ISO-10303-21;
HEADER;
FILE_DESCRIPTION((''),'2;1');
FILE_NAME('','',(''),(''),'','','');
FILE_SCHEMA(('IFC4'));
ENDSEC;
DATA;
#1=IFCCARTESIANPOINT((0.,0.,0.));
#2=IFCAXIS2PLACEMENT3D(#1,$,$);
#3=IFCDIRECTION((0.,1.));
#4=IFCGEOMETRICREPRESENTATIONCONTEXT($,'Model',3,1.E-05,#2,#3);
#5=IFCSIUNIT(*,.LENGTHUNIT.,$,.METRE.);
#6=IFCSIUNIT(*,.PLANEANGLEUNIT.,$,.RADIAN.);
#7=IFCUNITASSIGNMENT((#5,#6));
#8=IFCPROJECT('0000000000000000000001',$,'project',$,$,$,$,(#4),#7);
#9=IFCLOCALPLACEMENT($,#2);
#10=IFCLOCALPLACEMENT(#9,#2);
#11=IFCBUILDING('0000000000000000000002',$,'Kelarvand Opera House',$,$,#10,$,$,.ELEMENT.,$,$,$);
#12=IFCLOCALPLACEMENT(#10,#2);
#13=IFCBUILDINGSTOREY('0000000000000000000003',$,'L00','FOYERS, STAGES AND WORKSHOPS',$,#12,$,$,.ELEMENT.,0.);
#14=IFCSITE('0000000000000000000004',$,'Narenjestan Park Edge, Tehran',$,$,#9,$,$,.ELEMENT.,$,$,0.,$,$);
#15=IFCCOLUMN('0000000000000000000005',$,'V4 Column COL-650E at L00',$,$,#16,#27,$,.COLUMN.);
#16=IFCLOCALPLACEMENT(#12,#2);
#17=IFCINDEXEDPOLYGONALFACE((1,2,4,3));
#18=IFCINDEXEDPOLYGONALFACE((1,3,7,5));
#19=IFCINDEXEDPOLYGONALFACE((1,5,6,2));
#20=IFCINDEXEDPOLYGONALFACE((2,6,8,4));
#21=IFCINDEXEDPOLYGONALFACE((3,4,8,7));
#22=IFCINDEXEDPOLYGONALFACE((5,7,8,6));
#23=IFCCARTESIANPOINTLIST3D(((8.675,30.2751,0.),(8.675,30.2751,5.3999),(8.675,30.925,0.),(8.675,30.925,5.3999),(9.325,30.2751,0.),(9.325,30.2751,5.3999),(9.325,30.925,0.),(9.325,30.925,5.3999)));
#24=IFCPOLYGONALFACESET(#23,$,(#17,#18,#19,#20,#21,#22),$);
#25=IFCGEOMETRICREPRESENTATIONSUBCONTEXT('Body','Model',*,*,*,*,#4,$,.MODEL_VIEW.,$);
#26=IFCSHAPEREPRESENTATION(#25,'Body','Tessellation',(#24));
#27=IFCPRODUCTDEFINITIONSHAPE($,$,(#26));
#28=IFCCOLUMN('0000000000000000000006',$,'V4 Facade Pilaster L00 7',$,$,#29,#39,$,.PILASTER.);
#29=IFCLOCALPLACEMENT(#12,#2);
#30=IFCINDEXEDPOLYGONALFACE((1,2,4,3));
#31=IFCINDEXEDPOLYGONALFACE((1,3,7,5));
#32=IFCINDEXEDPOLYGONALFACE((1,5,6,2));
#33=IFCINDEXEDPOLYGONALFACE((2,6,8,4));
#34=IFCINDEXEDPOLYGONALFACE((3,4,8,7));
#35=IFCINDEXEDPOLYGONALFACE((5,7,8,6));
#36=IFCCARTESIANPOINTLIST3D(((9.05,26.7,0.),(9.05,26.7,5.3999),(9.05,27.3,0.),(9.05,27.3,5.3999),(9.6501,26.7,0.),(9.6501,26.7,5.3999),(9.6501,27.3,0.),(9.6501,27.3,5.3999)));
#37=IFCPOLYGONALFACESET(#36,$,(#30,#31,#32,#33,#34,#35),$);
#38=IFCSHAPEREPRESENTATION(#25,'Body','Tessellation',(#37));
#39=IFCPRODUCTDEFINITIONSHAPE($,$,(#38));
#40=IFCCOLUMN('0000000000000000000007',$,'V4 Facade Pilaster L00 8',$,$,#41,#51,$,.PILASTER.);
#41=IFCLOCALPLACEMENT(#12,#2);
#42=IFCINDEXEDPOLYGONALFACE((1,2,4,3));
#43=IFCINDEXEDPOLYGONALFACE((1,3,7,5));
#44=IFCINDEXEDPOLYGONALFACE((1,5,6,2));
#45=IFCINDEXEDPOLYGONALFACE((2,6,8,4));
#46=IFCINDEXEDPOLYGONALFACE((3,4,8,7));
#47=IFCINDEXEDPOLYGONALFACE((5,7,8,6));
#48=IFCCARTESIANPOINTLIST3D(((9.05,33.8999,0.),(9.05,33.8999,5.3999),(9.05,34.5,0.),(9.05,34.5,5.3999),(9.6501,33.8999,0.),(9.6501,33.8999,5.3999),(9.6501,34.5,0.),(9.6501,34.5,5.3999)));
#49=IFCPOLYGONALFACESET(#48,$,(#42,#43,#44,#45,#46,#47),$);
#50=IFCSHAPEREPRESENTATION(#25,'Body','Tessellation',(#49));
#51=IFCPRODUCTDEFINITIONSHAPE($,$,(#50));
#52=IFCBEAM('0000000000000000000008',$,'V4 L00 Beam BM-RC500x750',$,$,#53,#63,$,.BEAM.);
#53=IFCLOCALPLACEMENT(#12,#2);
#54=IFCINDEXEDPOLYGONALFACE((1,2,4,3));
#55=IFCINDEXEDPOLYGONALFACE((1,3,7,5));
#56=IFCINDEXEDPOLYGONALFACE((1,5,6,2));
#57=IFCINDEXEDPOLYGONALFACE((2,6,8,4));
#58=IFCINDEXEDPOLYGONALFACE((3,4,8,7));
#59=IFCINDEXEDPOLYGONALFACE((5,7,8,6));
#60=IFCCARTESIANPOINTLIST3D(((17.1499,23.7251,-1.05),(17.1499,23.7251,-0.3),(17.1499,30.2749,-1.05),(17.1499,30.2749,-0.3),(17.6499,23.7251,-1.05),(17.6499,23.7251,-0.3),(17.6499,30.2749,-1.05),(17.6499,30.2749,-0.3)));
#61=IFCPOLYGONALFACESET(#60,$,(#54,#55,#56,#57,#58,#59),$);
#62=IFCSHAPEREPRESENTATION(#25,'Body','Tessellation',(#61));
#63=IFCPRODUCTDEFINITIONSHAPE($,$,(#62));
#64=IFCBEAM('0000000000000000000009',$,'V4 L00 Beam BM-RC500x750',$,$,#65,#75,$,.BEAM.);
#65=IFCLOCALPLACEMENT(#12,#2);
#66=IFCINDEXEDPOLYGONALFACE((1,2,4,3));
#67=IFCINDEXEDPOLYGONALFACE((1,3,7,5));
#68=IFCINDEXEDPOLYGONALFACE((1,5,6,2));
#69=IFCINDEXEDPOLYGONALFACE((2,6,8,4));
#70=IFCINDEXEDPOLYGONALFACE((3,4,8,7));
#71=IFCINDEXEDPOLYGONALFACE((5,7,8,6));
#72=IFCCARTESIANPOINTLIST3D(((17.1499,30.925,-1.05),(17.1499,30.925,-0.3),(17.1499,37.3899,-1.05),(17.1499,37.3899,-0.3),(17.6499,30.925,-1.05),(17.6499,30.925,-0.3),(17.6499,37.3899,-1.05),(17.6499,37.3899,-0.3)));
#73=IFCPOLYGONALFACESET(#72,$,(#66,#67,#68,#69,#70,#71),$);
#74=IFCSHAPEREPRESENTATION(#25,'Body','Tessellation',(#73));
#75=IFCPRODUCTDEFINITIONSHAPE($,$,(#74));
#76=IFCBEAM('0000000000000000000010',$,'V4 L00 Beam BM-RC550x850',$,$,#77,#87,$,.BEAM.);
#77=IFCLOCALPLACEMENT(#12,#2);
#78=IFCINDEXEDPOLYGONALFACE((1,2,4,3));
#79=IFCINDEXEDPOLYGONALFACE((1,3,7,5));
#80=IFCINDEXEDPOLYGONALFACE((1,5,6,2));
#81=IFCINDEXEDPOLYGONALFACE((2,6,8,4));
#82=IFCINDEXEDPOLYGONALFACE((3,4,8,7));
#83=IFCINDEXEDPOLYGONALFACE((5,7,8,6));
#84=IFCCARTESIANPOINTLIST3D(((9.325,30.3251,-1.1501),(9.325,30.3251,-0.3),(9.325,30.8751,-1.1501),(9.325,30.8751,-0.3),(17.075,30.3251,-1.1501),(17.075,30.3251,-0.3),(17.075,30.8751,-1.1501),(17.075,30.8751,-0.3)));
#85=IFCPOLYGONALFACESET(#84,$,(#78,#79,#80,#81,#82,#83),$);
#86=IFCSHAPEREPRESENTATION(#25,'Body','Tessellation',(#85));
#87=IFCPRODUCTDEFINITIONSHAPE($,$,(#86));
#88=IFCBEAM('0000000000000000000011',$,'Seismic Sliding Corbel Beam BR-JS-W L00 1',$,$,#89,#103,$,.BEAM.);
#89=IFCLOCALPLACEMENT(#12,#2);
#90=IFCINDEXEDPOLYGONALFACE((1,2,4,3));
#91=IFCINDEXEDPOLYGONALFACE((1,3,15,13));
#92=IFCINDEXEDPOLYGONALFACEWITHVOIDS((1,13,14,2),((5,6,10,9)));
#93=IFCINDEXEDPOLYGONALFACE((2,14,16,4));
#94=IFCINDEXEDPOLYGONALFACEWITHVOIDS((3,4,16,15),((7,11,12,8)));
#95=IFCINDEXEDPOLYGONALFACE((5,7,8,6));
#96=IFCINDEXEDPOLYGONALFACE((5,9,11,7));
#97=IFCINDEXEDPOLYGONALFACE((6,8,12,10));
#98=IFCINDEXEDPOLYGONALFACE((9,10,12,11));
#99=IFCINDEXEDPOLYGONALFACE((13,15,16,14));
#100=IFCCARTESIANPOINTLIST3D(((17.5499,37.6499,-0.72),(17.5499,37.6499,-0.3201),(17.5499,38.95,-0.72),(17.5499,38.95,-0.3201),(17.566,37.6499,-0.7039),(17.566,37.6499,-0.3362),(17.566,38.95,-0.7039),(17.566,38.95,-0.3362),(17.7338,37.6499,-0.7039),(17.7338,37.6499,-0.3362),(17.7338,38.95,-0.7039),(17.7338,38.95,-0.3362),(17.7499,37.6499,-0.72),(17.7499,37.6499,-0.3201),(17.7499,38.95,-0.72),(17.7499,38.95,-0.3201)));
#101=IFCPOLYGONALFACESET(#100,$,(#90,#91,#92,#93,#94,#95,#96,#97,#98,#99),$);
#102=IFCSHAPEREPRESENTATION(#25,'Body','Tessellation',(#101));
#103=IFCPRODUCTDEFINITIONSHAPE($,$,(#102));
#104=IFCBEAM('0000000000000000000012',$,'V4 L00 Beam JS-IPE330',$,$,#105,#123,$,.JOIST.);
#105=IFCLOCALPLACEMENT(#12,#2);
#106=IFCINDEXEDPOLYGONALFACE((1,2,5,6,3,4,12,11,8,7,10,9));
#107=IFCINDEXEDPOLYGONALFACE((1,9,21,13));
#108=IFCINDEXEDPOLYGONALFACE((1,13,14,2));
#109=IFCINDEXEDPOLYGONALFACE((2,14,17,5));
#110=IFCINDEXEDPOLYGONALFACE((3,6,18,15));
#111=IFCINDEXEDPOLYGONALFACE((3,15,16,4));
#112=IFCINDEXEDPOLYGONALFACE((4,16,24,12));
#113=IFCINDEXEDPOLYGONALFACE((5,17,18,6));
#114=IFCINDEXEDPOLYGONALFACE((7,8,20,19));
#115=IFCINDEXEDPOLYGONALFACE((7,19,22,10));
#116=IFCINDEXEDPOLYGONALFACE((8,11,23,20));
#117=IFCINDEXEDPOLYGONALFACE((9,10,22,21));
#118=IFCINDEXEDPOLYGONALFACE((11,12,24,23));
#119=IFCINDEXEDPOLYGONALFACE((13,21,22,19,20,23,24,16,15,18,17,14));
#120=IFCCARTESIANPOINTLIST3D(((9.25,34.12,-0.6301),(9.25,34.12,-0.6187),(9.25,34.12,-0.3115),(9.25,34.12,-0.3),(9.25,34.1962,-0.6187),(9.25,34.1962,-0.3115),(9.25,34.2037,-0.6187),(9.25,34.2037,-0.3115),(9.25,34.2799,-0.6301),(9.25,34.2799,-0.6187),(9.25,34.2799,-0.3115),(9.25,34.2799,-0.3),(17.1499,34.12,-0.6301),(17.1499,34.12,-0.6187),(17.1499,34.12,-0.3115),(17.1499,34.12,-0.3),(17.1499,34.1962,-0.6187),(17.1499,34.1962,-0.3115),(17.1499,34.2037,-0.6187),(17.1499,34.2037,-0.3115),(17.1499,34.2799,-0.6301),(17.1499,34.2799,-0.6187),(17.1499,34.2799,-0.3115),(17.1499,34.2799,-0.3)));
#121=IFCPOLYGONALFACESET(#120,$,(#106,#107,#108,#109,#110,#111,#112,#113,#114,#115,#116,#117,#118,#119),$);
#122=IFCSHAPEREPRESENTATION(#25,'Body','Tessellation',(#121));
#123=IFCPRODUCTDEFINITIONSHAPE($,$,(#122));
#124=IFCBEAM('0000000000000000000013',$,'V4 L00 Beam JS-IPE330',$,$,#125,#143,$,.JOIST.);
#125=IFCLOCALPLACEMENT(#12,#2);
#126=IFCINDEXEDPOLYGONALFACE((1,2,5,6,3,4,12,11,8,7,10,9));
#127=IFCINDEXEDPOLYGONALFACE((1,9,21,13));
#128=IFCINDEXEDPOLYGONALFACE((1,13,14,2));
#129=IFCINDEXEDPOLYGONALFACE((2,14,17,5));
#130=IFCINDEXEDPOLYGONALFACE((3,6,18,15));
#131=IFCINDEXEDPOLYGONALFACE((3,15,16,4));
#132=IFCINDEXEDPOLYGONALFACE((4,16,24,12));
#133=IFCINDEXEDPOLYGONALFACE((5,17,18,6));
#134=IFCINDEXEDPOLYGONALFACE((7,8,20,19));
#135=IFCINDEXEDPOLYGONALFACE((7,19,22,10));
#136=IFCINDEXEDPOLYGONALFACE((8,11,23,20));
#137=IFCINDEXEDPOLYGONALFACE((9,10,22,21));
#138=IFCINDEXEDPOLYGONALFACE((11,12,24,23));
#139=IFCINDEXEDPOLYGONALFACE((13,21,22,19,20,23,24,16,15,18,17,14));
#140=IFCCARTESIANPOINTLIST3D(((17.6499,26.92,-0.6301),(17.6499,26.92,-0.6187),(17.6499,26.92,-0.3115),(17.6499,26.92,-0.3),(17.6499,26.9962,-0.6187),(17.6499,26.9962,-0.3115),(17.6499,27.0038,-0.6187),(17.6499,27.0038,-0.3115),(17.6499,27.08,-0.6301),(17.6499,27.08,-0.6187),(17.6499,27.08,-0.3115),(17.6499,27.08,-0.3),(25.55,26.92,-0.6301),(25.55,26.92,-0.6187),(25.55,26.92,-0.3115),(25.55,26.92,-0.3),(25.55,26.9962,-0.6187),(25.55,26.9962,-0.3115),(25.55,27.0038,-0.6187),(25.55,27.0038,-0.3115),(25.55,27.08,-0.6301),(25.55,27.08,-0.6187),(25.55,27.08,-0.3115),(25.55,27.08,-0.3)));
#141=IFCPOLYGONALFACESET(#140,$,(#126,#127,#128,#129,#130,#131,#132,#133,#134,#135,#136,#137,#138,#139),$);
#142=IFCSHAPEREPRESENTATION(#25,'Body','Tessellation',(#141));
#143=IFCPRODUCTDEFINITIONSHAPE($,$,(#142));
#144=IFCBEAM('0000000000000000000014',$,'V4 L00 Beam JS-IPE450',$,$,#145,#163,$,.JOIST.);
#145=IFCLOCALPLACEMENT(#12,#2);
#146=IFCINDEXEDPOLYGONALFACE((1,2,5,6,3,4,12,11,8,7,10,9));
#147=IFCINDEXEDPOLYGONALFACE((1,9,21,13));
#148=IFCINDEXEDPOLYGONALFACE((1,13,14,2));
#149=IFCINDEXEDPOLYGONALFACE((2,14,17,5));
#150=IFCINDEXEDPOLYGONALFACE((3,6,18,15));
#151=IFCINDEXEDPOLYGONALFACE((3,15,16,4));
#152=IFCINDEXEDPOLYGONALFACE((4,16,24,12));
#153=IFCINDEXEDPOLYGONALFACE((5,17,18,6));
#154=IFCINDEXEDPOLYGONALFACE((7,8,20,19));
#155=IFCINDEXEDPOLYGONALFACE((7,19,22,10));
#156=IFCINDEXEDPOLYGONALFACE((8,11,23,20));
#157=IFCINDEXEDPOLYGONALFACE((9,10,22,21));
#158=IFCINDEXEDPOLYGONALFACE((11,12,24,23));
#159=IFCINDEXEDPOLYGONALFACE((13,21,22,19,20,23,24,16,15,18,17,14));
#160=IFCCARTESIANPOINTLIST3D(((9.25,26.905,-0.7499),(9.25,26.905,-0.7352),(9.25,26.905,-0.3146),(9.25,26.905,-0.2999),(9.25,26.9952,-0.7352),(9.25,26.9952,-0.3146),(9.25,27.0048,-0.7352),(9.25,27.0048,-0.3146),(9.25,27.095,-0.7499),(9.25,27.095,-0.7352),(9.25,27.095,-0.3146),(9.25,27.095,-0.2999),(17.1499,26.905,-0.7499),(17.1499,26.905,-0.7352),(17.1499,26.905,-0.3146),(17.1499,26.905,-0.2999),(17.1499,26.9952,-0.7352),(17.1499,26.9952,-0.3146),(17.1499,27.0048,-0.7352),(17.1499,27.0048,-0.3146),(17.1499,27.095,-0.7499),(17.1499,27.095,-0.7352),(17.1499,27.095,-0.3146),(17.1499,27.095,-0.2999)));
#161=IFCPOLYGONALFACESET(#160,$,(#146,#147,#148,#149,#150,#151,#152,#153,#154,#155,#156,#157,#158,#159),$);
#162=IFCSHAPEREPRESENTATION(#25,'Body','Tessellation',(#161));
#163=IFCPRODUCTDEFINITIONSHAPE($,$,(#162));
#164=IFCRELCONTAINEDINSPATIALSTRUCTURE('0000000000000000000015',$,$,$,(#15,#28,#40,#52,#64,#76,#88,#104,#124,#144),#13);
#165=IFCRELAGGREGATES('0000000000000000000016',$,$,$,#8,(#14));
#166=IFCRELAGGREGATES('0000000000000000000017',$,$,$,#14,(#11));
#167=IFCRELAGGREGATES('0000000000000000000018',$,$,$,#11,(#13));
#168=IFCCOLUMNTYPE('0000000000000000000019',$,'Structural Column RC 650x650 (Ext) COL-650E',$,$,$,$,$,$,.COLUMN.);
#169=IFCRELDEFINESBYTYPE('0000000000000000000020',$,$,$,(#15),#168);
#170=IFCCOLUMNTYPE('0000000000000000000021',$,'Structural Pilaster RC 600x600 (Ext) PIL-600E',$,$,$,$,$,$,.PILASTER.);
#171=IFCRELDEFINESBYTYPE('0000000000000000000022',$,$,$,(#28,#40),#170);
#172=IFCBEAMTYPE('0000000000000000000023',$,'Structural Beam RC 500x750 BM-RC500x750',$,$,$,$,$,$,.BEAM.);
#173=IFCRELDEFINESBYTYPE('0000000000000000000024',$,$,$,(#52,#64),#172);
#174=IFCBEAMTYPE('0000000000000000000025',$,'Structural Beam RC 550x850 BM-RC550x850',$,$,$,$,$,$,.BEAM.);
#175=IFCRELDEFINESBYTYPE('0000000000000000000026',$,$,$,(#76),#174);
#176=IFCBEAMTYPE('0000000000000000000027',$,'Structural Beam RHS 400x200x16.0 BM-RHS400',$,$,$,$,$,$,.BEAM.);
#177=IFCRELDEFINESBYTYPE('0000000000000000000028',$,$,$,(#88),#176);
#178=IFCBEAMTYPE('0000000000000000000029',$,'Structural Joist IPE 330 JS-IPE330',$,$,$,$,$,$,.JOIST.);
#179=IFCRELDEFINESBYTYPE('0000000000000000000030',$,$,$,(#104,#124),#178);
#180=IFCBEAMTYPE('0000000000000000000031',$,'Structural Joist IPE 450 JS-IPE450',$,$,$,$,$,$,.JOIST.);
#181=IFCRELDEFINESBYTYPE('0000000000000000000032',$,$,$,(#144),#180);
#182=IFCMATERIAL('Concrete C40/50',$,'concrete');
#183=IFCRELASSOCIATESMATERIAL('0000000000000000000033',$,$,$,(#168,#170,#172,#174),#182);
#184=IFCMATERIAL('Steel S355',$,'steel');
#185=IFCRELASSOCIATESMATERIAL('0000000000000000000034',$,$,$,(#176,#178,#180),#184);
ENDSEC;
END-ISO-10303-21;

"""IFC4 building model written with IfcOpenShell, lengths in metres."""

from ifc_helpers import new_model, si_unit, direction, frame, origin, origin_2d, place, context, subcontext, project, spatial, rectangle, hollow_rectangle, i_section, extrude, material, material_profile, profile_set, type_object, element, save


model = new_model("IFC4")

# Units and contexts
model_context = context("Model", 3, precision=1e-05, world=origin(), true_north=direction((0.0, 1.0)))
body_context = subcontext(model_context, "Body", "Model", "MODEL_VIEW")
ifc_project = project(units=[si_unit("LENGTHUNIT", "METRE"), si_unit("PLANEANGLEUNIT", "RADIAN")], contexts=[model_context])

# Site, building, storey
site_placement = place(None, origin())
site = spatial("IfcSite", under=ifc_project, at=site_placement, Name="Narenjestan Park Edge, Tehran", CompositionType="ELEMENT", RefElevation=0.0)
building_placement = place(site_placement, origin())
building = spatial("IfcBuilding", under=site, at=building_placement, Name="Kelarvand Opera House", CompositionType="ELEMENT")
storey_placement = place(building_placement, origin())
storey = spatial("IfcBuildingStorey", under=building, at=storey_placement, Name="L00", Description="FOYERS, STAGES AND WORKSHOPS", CompositionType="ELEMENT", Elevation=0.0)

# Columns
ifc_material_1 = material(Name="Concrete C40/50", Category="concrete")
ifc_material_profile_1 = material_profile(ifc_material_1, rectangle(XDim=0.6499, YDim=0.6499, at=origin_2d()), Name="RC 650x650", Category="concrete")
ifc_profile_set_1 = profile_set([ifc_material_profile_1], Name="Concrete C40/50")
column_type_1 = type_object("IfcColumnType", Name="Structural Column RC 650x650 (Ext) COL-650E", PredefinedType="COLUMN", material=ifc_profile_set_1)
column_placement = place(storey_placement, frame((9.0, 30.6001, 0.0), z_axis=(0.0, 0.0, 1.0), x_axis=(1.0, 0.0, 0.0)))
element("IfcColumn", 1, at=column_placement, inside=storey, type_object=column_type_1, Name="V4 Column COL-650E at L00", PredefinedType="COLUMN", context=body_context, shape_type="SweptSolid", body=[
    extrude(rectangle(XDim=0.6499, YDim=0.6499, at=origin_2d()), origin(), (0.0, 0.0, 1.0), 5.3999),
])
ifc_material_profile_2 = material_profile(ifc_material_1, rectangle(XDim=0.6001, YDim=0.6001, at=origin_2d()), Name="RC 600x600", Category="concrete")
ifc_profile_set_2 = profile_set([ifc_material_profile_2], Name="Concrete C40/50")
column_type_2 = type_object("IfcColumnType", Name="Structural Pilaster RC 600x600 (Ext) PIL-600E", PredefinedType="PILASTER", material=ifc_profile_set_2)
for number, where, z_axis, x_axis, name in (
    (2, (9.3501, 27.0, 0.0), (0.0, 0.0, 1.0), (1.0, 0.0, 0.0), "V4 Facade Pilaster L00 7"),
    (3, (9.3501, 34.2, 0.0), (0.0, 0.0, 1.0), (1.0, 0.0, 0.0), "V4 Facade Pilaster L00 8"),
):
    element("IfcColumn", number, at=place(storey_placement, frame(where, z_axis=z_axis, x_axis=x_axis)), inside=storey, type_object=column_type_2, Name=name, PredefinedType="PILASTER", context=body_context, shape_type="SweptSolid", body=[
        extrude(rectangle(XDim=0.6001, YDim=0.6001, at=origin_2d()), origin(), (0.0, 0.0, 1.0), 5.3999),
    ])

# Beams
ifc_material_profile_3 = material_profile(ifc_material_1, rectangle(XDim=0.5, YDim=0.75, at=origin_2d()), Name="RC 500x750", Category="concrete")
ifc_profile_set_3 = profile_set([ifc_material_profile_3], Name="Concrete C40/50")
beam_type_1 = type_object("IfcBeamType", Name="Structural Beam RC 500x750 BM-RC500x750", PredefinedType="BEAM", material=ifc_profile_set_3)
beam_1_placement = place(storey_placement, frame((17.3999, 23.7251, -0.675), z_axis=(0.0, 1.0, 0.0), x_axis=(-1.0, 0.0, 0.0)))
element("IfcBeam", 4, at=beam_1_placement, inside=storey, type_object=beam_type_1, Name="V4 L00 Beam BM-RC500x750", PredefinedType="BEAM", context=body_context, shape_type="SweptSolid", body=[
    extrude(rectangle(XDim=0.5, YDim=0.75, at=origin_2d()), origin(), (0.0, 0.0, 1.0), 6.5498),
])
beam_2_placement = place(storey_placement, frame((17.3999, 30.925, -0.675), z_axis=(0.0, 1.0, 0.0), x_axis=(-1.0, 0.0, 0.0)))
element("IfcBeam", 5, at=beam_2_placement, inside=storey, type_object=beam_type_1, Name="V4 L00 Beam BM-RC500x750", PredefinedType="BEAM", context=body_context, shape_type="SweptSolid", body=[
    extrude(rectangle(XDim=0.5, YDim=0.75, at=origin_2d()), origin(), (0.0, 0.0, 1.0), 6.4648),
])
ifc_material_profile_4 = material_profile(ifc_material_1, rectangle(XDim=0.55, YDim=0.8501, at=origin_2d()), Name="RC 550x850", Category="concrete")
ifc_profile_set_4 = profile_set([ifc_material_profile_4], Name="Concrete C40/50")
beam_type_2 = type_object("IfcBeamType", Name="Structural Beam RC 550x850 BM-RC550x850", PredefinedType="BEAM", material=ifc_profile_set_4)
beam_3_placement = place(storey_placement, frame((9.325, 30.6001, -0.7251), z_axis=(1.0, 0.0, 0.0), x_axis=(0.0, 1.0, 0.0)))
element("IfcBeam", 6, at=beam_3_placement, inside=storey, type_object=beam_type_2, Name="V4 L00 Beam BM-RC550x850", PredefinedType="BEAM", context=body_context, shape_type="SweptSolid", body=[
    extrude(rectangle(XDim=0.55, YDim=0.8501, at=origin_2d()), origin(), (0.0, 0.0, 1.0), 7.75),
])
ifc_material_2 = material(Name="Steel S355", Category="steel")
ifc_material_profile_5 = material_profile(ifc_material_2, hollow_rectangle(XDim=0.2, YDim=0.3999, WallThickness=0.0161, at=origin_2d()), Name="RHS 400x200x16.0", Category="steel")
ifc_profile_set_5 = profile_set([ifc_material_profile_5], Name="Steel S355")
beam_type_3 = type_object("IfcBeamType", Name="Structural Beam RHS 400x200x16.0 BM-RHS400", PredefinedType="BEAM", material=ifc_profile_set_5)
beam_4_placement = place(storey_placement, frame((17.6499, 37.6499, -0.52), z_axis=(0.0, 1.0, 0.0), x_axis=(-1.0, 0.0, 0.0)))
element("IfcBeam", 7, at=beam_4_placement, inside=storey, type_object=beam_type_3, Name="Seismic Sliding Corbel Beam BR-JS-W L00 1", PredefinedType="BEAM", context=body_context, shape_type="SweptSolid", body=[
    extrude(hollow_rectangle(XDim=0.2, YDim=0.3999, WallThickness=0.0161, at=origin_2d()), origin(), (0.0, 0.0, 1.0), 1.3),
])
ifc_material_profile_6 = material_profile(ifc_material_2, i_section(OverallWidth=0.1599, OverallDepth=0.3301, WebThickness=0.0076, FlangeThickness=0.0115, at=origin_2d()), Name="IPE 330", Category="steel")
ifc_profile_set_6 = profile_set([ifc_material_profile_6], Name="Steel S355")
beam_type_4 = type_object("IfcBeamType", Name="Structural Joist IPE 330 JS-IPE330", PredefinedType="JOIST", material=ifc_profile_set_6)
beam_5_placement = place(storey_placement, frame((9.25, 34.2, -0.4651), z_axis=(1.0, 0.0, 0.0), x_axis=(0.0, 1.0, 0.0)))
element("IfcBeam", 8, at=beam_5_placement, inside=storey, type_object=beam_type_4, Name="V4 L00 Beam JS-IPE330", PredefinedType="JOIST", context=body_context, shape_type="SweptSolid", body=[
    extrude(i_section(OverallWidth=0.1599, OverallDepth=0.3301, WebThickness=0.0076, FlangeThickness=0.0115, at=origin_2d()), origin(), (0.0, 0.0, 1.0), 7.8999),
])
beam_6_placement = place(storey_placement, frame((17.6499, 27.0, -0.4651), z_axis=(1.0, 0.0, 0.0), x_axis=(0.0, 1.0, 0.0)))
element("IfcBeam", 9, at=beam_6_placement, inside=storey, type_object=beam_type_4, Name="V4 L00 Beam JS-IPE330", PredefinedType="JOIST", context=body_context, shape_type="SweptSolid", body=[
    extrude(i_section(OverallWidth=0.1599, OverallDepth=0.3301, WebThickness=0.0076, FlangeThickness=0.0115, at=origin_2d()), origin(), (0.0, 0.0, 1.0), 7.9001),
])
ifc_material_profile_7 = material_profile(ifc_material_2, i_section(OverallWidth=0.1899, OverallDepth=0.45, WebThickness=0.0095, FlangeThickness=0.0146, at=origin_2d()), Name="IPE 450", Category="steel")
ifc_profile_set_7 = profile_set([ifc_material_profile_7], Name="Steel S355")
beam_type_5 = type_object("IfcBeamType", Name="Structural Joist IPE 450 JS-IPE450", PredefinedType="JOIST", material=ifc_profile_set_7)
beam_7_placement = place(storey_placement, frame((9.25, 27.0, -0.5249), z_axis=(1.0, 0.0, 0.0), x_axis=(0.0, 1.0, 0.0)))
element("IfcBeam", 10, at=beam_7_placement, inside=storey, type_object=beam_type_5, Name="V4 L00 Beam JS-IPE450", PredefinedType="JOIST", context=body_context, shape_type="SweptSolid", body=[
    extrude(i_section(OverallWidth=0.1899, OverallDepth=0.45, WebThickness=0.0095, FlangeThickness=0.0146, at=origin_2d()), origin(), (0.0, 0.0, 1.0), 7.8999),
])

save(model, "model.ifc")
